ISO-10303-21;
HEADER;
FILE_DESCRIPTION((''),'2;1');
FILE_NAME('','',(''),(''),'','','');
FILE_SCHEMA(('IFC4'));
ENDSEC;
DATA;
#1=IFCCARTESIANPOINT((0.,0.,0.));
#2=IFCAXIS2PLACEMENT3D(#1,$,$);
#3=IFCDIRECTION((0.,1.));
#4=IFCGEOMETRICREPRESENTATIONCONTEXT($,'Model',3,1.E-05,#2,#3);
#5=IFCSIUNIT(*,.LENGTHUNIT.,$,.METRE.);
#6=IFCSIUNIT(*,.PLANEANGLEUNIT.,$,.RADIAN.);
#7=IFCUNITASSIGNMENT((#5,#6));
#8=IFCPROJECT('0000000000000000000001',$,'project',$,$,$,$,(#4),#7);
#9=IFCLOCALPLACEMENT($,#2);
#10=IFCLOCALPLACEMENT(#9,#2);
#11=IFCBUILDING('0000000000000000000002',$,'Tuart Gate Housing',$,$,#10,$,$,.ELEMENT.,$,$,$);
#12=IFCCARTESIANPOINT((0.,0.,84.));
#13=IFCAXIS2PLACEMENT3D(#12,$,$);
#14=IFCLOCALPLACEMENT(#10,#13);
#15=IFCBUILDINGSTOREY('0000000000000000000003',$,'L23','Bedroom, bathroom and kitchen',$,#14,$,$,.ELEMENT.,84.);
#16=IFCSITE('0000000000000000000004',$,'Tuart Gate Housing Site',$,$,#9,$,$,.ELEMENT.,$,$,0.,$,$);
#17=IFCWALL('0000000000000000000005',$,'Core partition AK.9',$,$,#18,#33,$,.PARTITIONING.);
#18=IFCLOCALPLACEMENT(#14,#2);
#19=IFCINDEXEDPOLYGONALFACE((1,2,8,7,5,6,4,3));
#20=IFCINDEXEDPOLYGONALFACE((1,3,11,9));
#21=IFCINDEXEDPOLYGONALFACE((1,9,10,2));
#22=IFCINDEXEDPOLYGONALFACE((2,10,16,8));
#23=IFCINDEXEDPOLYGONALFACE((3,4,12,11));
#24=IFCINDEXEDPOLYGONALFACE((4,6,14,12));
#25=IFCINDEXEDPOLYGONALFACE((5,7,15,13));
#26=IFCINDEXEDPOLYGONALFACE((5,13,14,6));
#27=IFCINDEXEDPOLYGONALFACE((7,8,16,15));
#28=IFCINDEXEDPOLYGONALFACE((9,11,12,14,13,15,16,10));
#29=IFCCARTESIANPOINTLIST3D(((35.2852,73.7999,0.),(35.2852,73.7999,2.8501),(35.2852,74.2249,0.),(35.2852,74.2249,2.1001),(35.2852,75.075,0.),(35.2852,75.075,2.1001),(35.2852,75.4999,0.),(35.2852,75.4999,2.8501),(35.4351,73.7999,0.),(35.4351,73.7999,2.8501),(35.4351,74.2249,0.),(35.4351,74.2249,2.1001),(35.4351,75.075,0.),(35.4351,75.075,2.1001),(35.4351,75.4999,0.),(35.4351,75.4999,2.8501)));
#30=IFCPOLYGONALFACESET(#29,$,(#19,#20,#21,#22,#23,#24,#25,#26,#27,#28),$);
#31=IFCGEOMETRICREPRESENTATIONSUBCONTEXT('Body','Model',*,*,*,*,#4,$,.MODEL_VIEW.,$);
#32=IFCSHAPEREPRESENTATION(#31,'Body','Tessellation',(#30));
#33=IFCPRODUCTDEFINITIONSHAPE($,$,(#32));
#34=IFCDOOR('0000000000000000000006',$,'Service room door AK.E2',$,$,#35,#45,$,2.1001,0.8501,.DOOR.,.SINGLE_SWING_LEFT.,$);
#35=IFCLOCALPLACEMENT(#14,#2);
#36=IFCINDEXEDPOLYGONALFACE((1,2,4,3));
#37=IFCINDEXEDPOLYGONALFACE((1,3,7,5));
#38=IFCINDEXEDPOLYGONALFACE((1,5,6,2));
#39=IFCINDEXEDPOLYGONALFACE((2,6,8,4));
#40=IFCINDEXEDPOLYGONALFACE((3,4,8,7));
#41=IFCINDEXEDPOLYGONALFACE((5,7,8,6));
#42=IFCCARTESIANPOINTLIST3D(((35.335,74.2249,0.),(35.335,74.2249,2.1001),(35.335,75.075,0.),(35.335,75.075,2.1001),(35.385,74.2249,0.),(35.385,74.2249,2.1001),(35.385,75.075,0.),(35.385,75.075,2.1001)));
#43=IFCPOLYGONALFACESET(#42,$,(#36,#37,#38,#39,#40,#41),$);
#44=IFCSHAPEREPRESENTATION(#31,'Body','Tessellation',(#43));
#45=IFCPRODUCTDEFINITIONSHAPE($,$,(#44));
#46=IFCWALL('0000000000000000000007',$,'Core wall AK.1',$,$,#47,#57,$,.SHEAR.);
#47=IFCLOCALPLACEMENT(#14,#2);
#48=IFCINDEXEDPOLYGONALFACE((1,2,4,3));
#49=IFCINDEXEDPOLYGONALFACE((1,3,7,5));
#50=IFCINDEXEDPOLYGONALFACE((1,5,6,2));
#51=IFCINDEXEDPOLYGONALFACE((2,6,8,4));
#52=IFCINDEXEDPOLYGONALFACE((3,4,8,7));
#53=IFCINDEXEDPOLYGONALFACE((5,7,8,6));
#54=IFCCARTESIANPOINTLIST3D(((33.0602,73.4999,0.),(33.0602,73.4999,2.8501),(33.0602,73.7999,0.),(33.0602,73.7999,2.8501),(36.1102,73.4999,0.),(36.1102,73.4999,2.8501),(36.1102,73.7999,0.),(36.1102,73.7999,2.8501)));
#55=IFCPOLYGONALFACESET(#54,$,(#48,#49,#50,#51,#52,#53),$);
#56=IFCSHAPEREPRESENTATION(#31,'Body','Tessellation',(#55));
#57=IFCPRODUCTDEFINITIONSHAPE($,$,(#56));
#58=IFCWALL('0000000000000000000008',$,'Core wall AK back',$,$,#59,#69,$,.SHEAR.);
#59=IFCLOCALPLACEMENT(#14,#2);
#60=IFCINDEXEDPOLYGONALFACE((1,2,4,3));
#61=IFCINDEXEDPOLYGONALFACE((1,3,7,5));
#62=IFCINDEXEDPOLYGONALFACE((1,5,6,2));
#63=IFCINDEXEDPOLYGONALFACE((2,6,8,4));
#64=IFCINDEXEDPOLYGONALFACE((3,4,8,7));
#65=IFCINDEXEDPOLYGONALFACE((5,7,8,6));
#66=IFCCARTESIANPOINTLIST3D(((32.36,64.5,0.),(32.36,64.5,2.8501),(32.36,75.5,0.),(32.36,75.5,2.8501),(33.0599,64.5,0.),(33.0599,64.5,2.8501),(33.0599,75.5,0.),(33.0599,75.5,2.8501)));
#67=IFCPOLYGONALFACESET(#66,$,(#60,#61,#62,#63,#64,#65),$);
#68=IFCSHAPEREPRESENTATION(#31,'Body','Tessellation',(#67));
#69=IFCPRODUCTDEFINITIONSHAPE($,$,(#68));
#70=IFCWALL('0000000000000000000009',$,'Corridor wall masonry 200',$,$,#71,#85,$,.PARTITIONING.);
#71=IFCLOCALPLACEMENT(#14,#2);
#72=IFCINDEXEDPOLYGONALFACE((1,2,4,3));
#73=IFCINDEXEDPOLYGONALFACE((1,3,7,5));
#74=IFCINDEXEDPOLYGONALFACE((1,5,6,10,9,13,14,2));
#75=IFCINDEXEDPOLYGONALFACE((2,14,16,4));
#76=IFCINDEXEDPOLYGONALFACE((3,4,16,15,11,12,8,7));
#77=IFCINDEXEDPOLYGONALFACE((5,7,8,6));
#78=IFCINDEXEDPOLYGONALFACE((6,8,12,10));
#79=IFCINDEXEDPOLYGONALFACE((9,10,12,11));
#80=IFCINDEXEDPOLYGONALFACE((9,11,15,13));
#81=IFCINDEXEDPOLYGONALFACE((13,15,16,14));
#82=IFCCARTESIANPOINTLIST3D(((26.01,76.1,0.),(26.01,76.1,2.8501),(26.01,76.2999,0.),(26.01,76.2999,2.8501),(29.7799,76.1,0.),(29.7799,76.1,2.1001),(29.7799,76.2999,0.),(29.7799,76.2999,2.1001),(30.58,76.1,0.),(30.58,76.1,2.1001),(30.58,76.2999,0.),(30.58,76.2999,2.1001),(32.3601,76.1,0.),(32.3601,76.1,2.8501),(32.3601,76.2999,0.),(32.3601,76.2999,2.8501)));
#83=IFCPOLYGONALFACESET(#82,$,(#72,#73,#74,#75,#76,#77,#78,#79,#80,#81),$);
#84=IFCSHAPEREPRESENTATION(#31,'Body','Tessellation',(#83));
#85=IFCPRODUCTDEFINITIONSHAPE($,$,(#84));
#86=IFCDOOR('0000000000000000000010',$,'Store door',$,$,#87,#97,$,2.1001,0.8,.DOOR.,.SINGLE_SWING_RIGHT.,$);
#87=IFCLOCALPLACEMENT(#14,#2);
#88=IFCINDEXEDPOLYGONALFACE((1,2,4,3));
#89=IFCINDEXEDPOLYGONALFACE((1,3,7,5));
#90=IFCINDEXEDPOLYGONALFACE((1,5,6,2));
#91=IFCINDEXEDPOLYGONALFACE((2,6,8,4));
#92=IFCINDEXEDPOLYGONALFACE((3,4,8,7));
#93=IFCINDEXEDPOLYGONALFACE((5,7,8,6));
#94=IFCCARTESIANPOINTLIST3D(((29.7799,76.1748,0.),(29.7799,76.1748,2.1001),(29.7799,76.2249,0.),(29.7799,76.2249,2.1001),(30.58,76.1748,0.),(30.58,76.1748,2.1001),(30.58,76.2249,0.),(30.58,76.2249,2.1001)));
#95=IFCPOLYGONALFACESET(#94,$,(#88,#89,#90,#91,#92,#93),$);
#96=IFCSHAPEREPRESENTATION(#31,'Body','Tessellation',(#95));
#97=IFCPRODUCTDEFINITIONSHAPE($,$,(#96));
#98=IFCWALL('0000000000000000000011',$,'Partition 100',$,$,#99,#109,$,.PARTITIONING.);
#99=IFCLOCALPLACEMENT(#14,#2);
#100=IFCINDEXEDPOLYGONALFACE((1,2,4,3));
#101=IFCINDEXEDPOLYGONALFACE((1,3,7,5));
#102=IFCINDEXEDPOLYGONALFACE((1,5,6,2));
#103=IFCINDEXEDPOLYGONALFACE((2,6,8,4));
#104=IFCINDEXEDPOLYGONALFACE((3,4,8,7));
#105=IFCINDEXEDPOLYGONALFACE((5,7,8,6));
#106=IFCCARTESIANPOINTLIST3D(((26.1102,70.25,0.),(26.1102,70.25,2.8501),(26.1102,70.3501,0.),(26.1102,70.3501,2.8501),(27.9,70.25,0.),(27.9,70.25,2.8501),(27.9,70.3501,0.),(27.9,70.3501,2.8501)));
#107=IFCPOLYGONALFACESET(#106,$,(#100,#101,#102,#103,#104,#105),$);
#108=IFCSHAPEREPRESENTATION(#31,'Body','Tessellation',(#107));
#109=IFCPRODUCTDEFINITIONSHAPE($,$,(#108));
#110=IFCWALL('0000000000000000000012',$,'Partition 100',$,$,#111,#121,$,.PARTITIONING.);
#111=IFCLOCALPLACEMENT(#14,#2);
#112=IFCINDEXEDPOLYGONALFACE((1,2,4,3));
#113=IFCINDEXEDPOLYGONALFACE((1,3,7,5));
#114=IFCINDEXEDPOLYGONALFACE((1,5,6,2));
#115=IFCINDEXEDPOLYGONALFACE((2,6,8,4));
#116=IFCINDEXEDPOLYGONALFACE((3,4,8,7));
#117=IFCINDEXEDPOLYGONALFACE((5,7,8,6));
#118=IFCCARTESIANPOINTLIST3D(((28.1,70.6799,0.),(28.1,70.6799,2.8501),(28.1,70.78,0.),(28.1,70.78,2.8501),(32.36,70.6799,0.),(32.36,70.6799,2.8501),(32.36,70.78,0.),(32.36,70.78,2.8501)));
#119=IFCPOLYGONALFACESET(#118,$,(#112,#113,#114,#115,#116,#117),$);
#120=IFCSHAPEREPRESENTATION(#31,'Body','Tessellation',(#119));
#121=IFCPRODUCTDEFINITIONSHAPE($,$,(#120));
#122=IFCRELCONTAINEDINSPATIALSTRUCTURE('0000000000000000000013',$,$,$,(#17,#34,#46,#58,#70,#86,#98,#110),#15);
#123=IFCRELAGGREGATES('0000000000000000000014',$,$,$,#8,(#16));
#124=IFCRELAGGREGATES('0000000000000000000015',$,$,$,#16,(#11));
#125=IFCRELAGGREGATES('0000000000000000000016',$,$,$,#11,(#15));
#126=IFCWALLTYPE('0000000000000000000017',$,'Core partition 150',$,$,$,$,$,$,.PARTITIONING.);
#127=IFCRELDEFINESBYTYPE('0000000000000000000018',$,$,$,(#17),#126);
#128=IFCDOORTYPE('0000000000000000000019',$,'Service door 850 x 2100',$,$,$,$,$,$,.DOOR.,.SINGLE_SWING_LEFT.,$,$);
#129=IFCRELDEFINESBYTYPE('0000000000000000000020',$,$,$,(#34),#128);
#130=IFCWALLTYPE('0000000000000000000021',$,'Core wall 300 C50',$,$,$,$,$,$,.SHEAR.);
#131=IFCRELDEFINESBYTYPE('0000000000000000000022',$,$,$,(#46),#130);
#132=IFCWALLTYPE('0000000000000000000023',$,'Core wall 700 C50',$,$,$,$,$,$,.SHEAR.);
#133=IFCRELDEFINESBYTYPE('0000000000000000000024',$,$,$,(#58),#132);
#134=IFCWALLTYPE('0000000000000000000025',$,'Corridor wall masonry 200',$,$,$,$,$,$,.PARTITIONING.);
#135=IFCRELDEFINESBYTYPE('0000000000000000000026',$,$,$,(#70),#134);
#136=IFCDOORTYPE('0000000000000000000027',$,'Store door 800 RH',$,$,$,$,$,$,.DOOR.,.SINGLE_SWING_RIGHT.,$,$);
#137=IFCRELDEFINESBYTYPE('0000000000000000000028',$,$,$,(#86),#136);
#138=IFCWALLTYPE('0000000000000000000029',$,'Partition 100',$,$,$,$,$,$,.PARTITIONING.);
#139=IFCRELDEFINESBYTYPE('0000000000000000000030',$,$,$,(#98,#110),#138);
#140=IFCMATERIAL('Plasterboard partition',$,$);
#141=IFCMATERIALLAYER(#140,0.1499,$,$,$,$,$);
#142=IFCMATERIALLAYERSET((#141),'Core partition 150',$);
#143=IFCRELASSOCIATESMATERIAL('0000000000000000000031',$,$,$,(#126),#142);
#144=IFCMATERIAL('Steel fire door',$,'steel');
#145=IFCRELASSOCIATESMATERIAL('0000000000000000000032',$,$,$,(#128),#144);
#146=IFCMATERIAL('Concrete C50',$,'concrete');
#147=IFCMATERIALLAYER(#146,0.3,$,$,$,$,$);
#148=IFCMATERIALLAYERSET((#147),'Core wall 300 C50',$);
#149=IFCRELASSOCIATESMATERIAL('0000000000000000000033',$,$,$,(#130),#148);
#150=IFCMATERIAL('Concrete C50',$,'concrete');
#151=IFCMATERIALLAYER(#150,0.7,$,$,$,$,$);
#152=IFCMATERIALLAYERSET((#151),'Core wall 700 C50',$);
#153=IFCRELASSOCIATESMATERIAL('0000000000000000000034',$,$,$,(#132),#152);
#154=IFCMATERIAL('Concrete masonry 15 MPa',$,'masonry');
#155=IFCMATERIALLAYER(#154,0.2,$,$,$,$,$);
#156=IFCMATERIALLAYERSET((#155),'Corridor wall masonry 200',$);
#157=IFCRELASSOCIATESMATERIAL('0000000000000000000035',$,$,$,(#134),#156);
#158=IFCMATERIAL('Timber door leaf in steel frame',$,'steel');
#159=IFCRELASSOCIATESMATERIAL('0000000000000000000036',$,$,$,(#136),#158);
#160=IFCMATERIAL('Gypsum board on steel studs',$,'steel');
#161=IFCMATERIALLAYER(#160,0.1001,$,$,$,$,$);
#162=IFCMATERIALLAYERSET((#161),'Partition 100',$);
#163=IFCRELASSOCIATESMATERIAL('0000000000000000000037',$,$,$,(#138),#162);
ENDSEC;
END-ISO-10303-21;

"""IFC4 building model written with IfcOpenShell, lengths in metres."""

from ifc_helpers import new_model, si_unit, direction, frame, frame_2d, origin, place, context, subcontext, project, spatial, rectangle, extrude, material, layer, layer_set, type_object, element, fill, save


model = new_model("IFC4")

# Units and contexts
model_context = context("Model", 3, precision=1e-05, world=origin(), true_north=direction((0.0, 1.0)))
body_context = subcontext(model_context, "Body", "Model", "MODEL_VIEW")
ifc_project = project(units=[si_unit("LENGTHUNIT", "METRE"), si_unit("PLANEANGLEUNIT", "RADIAN")], contexts=[model_context])

# Site, building, storey
site_placement = place(None, origin())
site = spatial("IfcSite", under=ifc_project, at=site_placement, Name="Tuart Gate Housing Site", CompositionType="ELEMENT", RefElevation=0.0)
building_placement = place(site_placement, origin())
building = spatial("IfcBuilding", under=site, at=building_placement, Name="Tuart Gate Housing", CompositionType="ELEMENT")
storey_placement = place(building_placement, frame((0.0, 0.0, 84.0)))
storey = spatial("IfcBuildingStorey", under=building, at=storey_placement, Name="L23", Description="Bedroom, bathroom and kitchen", CompositionType="ELEMENT", Elevation=84.0)

# Wall, opening, door
ifc_material_1 = material(Name="Plasterboard partition")
ifc_layer_1 = layer(ifc_material_1, 0.1499)
ifc_layer_set_1 = layer_set([ifc_layer_1], Name="Core partition 150")
wall_type_1 = type_object("IfcWallType", Name="Core partition 150", PredefinedType="PARTITIONING", material=ifc_layer_set_1)
wall_1_placement = place(storey_placement, frame((35.3601, 75.5, 0.0), z_axis=(0.0, 0.0, 1.0), x_axis=(0.0, -1.0, 0.0)))
wall_1 = element("IfcWall", 1, at=wall_1_placement, inside=storey, type_object=wall_type_1, Name="Core partition AK.9", PredefinedType="PARTITIONING", context=body_context, shape_type="SweptSolid", body=[
    extrude(rectangle(XDim=1.7, YDim=0.1499, at=frame_2d((0.8501, 0.0))), origin(), (0.0, 0.0, 1.0), 2.8501),
])
opening_1_placement = place(wall_1_placement, frame((0.425, 0.0, 0.0)))
opening_1 = element("IfcOpeningElement", 2, at=opening_1_placement, cuts=wall_1, PredefinedType="OPENING", context=body_context, shape_type="SweptSolid", body=[
    extrude(rectangle(XDim=0.8501, YDim=2.1001, at=frame_2d((0.425, 1.05))), frame((0.0, 0.085, 0.0), z_axis=(0.0, -1.0, 0.0), x_axis=(1.0, 0.0, 0.0)), (0.0, 0.0, 1.0), 0.1699),
])
ifc_material_2 = material(Name="Steel fire door", Category="steel")
door_type_1 = type_object("IfcDoorType", Name="Service door 850 x 2100", OperationType="SINGLE_SWING_LEFT", PredefinedType="DOOR", material=ifc_material_2)
door_1_placement = place(opening_1_placement, origin())
door_1 = element("IfcDoor", 3, at=door_1_placement, inside=storey, type_object=door_type_1, Name="Service room door AK.E2", OperationType="SINGLE_SWING_LEFT", OverallHeight=2.1001, OverallWidth=0.8501, PredefinedType="DOOR", context=body_context, shape_type="SweptSolid", body=[
    extrude(rectangle(XDim=0.8501, YDim=2.1001, at=frame_2d((0.425, 1.05))), frame((0.0, 0.0249, 0.0), z_axis=(0.0, -1.0, 0.0), x_axis=(1.0, 0.0, 0.0)), (0.0, 0.0, 1.0), 0.05),
])
fill(opening_1, door_1)

# Walls
ifc_material_3 = material(Name="Concrete C50", Category="concrete")
ifc_layer_2 = layer(ifc_material_3, 0.3)
ifc_layer_set_2 = layer_set([ifc_layer_2], Name="Core wall 300 C50")
wall_type_2 = type_object("IfcWallType", Name="Core wall 300 C50", PredefinedType="SHEAR", material=ifc_layer_set_2)
wall_2_placement = place(storey_placement, frame((36.1101, 73.6499, 0.0), z_axis=(0.0, 0.0, 1.0), x_axis=(-1.0, 0.0, 0.0)))
element("IfcWall", 4, at=wall_2_placement, inside=storey, type_object=wall_type_2, Name="Core wall AK.1", PredefinedType="SHEAR", context=body_context, shape_type="SweptSolid", body=[
    extrude(rectangle(XDim=3.05, YDim=0.3, at=frame_2d((1.5249, 0.0))), origin(), (0.0, 0.0, 1.0), 2.8501),
])
ifc_material_4 = material(Name="Concrete C50", Category="concrete")
ifc_layer_3 = layer(ifc_material_4, 0.7)
ifc_layer_set_3 = layer_set([ifc_layer_3], Name="Core wall 700 C50")
wall_type_3 = type_object("IfcWallType", Name="Core wall 700 C50", PredefinedType="SHEAR", material=ifc_layer_set_3)
wall_3_placement = place(storey_placement, frame((32.71, 75.5, 0.0), z_axis=(0.0, 0.0, 1.0), x_axis=(0.0, -1.0, 0.0)))
element("IfcWall", 5, at=wall_3_placement, inside=storey, type_object=wall_type_3, Name="Core wall AK back", PredefinedType="SHEAR", context=body_context, shape_type="SweptSolid", body=[
    extrude(rectangle(XDim=11.0, YDim=0.7, at=frame_2d((5.5, 0.0))), origin(), (0.0, 0.0, 1.0), 2.8501),
])

# Wall, opening, door
ifc_material_5 = material(Name="Concrete masonry 15 MPa", Category="masonry")
ifc_layer_4 = layer(ifc_material_5, 0.2)
ifc_layer_set_4 = layer_set([ifc_layer_4], Name="Corridor wall masonry 200")
wall_type_4 = type_object("IfcWallType", Name="Corridor wall masonry 200", PredefinedType="PARTITIONING", material=ifc_layer_set_4)
wall_4_placement = place(storey_placement, frame((26.01, 76.2, 0.0), z_axis=(0.0, 0.0, 1.0), x_axis=(1.0, 0.0, 0.0)))
wall_4 = element("IfcWall", 6, at=wall_4_placement, inside=storey, type_object=wall_type_4, Name="Corridor wall masonry 200", PredefinedType="PARTITIONING", context=body_context, shape_type="SweptSolid", body=[
    extrude(rectangle(XDim=6.3501, YDim=0.2, at=frame_2d((3.175, 0.0))), origin(), (0.0, 0.0, 1.0), 2.8501),
])
opening_2_placement = place(wall_4_placement, frame((3.77, 0.0, 0.0)))
opening_2 = element("IfcOpeningElement", 7, at=opening_2_placement, cuts=wall_4, PredefinedType="OPENING", context=body_context, shape_type="SweptSolid", body=[
    extrude(rectangle(XDim=0.8, YDim=2.1001, at=frame_2d((0.3999, 1.05))), frame((0.0, 0.1099, 0.0), z_axis=(0.0, -1.0, 0.0), x_axis=(1.0, 0.0, 0.0)), (0.0, 0.0, 1.0), 0.22),
])
ifc_material_6 = material(Name="Timber door leaf in steel frame", Category="steel")
door_type_2 = type_object("IfcDoorType", Name="Store door 800 RH", OperationType="SINGLE_SWING_RIGHT", PredefinedType="DOOR", material=ifc_material_6)
door_2_placement = place(opening_2_placement, frame((0.8, 0.0, 0.0), z_axis=(0.0, 0.0, 1.0), x_axis=(-1.0, 0.0, 0.0)))
door_2 = element("IfcDoor", 8, at=door_2_placement, inside=storey, type_object=door_type_2, Name="Store door", OperationType="SINGLE_SWING_RIGHT", OverallHeight=2.1001, OverallWidth=0.8, PredefinedType="DOOR", context=body_context, shape_type="SweptSolid", body=[
    extrude(rectangle(XDim=0.8, YDim=2.1001, at=frame_2d((0.4001, 1.05))), frame((0.0, 0.0251, 0.0), z_axis=(0.0, -1.0, 0.0), x_axis=(1.0, 0.0, 0.0)), (0.0, 0.0, 1.0), 0.05),
])
fill(opening_2, door_2)

# Walls
ifc_material_7 = material(Name="Gypsum board on steel studs", Category="steel")
ifc_layer_5 = layer(ifc_material_7, 0.1001)
ifc_layer_set_5 = layer_set([ifc_layer_5], Name="Partition 100")
wall_type_5 = type_object("IfcWallType", Name="Partition 100", PredefinedType="PARTITIONING", material=ifc_layer_set_5)
wall_5_placement = place(storey_placement, frame((26.1101, 70.3, 0.0), z_axis=(0.0, 0.0, 1.0), x_axis=(1.0, 0.0, 0.0)))
element("IfcWall", 9, at=wall_5_placement, inside=storey, type_object=wall_type_5, Name="Partition 100", PredefinedType="PARTITIONING", context=body_context, shape_type="SweptSolid", body=[
    extrude(rectangle(XDim=1.7898, YDim=0.1001, at=frame_2d((0.895, 0.0))), origin(), (0.0, 0.0, 1.0), 2.8501),
])
wall_6_placement = place(storey_placement, frame((28.1001, 70.73, 0.0), z_axis=(0.0, 0.0, 1.0), x_axis=(1.0, 0.0, 0.0)))
element("IfcWall", 10, at=wall_6_placement, inside=storey, type_object=wall_type_5, Name="Partition 100", PredefinedType="PARTITIONING", context=body_context, shape_type="SweptSolid", body=[
    extrude(rectangle(XDim=4.26, YDim=0.1001, at=frame_2d((2.1299, 0.0))), origin(), (0.0, 0.0, 1.0), 2.8501),
])

save(model, "model.ifc")
